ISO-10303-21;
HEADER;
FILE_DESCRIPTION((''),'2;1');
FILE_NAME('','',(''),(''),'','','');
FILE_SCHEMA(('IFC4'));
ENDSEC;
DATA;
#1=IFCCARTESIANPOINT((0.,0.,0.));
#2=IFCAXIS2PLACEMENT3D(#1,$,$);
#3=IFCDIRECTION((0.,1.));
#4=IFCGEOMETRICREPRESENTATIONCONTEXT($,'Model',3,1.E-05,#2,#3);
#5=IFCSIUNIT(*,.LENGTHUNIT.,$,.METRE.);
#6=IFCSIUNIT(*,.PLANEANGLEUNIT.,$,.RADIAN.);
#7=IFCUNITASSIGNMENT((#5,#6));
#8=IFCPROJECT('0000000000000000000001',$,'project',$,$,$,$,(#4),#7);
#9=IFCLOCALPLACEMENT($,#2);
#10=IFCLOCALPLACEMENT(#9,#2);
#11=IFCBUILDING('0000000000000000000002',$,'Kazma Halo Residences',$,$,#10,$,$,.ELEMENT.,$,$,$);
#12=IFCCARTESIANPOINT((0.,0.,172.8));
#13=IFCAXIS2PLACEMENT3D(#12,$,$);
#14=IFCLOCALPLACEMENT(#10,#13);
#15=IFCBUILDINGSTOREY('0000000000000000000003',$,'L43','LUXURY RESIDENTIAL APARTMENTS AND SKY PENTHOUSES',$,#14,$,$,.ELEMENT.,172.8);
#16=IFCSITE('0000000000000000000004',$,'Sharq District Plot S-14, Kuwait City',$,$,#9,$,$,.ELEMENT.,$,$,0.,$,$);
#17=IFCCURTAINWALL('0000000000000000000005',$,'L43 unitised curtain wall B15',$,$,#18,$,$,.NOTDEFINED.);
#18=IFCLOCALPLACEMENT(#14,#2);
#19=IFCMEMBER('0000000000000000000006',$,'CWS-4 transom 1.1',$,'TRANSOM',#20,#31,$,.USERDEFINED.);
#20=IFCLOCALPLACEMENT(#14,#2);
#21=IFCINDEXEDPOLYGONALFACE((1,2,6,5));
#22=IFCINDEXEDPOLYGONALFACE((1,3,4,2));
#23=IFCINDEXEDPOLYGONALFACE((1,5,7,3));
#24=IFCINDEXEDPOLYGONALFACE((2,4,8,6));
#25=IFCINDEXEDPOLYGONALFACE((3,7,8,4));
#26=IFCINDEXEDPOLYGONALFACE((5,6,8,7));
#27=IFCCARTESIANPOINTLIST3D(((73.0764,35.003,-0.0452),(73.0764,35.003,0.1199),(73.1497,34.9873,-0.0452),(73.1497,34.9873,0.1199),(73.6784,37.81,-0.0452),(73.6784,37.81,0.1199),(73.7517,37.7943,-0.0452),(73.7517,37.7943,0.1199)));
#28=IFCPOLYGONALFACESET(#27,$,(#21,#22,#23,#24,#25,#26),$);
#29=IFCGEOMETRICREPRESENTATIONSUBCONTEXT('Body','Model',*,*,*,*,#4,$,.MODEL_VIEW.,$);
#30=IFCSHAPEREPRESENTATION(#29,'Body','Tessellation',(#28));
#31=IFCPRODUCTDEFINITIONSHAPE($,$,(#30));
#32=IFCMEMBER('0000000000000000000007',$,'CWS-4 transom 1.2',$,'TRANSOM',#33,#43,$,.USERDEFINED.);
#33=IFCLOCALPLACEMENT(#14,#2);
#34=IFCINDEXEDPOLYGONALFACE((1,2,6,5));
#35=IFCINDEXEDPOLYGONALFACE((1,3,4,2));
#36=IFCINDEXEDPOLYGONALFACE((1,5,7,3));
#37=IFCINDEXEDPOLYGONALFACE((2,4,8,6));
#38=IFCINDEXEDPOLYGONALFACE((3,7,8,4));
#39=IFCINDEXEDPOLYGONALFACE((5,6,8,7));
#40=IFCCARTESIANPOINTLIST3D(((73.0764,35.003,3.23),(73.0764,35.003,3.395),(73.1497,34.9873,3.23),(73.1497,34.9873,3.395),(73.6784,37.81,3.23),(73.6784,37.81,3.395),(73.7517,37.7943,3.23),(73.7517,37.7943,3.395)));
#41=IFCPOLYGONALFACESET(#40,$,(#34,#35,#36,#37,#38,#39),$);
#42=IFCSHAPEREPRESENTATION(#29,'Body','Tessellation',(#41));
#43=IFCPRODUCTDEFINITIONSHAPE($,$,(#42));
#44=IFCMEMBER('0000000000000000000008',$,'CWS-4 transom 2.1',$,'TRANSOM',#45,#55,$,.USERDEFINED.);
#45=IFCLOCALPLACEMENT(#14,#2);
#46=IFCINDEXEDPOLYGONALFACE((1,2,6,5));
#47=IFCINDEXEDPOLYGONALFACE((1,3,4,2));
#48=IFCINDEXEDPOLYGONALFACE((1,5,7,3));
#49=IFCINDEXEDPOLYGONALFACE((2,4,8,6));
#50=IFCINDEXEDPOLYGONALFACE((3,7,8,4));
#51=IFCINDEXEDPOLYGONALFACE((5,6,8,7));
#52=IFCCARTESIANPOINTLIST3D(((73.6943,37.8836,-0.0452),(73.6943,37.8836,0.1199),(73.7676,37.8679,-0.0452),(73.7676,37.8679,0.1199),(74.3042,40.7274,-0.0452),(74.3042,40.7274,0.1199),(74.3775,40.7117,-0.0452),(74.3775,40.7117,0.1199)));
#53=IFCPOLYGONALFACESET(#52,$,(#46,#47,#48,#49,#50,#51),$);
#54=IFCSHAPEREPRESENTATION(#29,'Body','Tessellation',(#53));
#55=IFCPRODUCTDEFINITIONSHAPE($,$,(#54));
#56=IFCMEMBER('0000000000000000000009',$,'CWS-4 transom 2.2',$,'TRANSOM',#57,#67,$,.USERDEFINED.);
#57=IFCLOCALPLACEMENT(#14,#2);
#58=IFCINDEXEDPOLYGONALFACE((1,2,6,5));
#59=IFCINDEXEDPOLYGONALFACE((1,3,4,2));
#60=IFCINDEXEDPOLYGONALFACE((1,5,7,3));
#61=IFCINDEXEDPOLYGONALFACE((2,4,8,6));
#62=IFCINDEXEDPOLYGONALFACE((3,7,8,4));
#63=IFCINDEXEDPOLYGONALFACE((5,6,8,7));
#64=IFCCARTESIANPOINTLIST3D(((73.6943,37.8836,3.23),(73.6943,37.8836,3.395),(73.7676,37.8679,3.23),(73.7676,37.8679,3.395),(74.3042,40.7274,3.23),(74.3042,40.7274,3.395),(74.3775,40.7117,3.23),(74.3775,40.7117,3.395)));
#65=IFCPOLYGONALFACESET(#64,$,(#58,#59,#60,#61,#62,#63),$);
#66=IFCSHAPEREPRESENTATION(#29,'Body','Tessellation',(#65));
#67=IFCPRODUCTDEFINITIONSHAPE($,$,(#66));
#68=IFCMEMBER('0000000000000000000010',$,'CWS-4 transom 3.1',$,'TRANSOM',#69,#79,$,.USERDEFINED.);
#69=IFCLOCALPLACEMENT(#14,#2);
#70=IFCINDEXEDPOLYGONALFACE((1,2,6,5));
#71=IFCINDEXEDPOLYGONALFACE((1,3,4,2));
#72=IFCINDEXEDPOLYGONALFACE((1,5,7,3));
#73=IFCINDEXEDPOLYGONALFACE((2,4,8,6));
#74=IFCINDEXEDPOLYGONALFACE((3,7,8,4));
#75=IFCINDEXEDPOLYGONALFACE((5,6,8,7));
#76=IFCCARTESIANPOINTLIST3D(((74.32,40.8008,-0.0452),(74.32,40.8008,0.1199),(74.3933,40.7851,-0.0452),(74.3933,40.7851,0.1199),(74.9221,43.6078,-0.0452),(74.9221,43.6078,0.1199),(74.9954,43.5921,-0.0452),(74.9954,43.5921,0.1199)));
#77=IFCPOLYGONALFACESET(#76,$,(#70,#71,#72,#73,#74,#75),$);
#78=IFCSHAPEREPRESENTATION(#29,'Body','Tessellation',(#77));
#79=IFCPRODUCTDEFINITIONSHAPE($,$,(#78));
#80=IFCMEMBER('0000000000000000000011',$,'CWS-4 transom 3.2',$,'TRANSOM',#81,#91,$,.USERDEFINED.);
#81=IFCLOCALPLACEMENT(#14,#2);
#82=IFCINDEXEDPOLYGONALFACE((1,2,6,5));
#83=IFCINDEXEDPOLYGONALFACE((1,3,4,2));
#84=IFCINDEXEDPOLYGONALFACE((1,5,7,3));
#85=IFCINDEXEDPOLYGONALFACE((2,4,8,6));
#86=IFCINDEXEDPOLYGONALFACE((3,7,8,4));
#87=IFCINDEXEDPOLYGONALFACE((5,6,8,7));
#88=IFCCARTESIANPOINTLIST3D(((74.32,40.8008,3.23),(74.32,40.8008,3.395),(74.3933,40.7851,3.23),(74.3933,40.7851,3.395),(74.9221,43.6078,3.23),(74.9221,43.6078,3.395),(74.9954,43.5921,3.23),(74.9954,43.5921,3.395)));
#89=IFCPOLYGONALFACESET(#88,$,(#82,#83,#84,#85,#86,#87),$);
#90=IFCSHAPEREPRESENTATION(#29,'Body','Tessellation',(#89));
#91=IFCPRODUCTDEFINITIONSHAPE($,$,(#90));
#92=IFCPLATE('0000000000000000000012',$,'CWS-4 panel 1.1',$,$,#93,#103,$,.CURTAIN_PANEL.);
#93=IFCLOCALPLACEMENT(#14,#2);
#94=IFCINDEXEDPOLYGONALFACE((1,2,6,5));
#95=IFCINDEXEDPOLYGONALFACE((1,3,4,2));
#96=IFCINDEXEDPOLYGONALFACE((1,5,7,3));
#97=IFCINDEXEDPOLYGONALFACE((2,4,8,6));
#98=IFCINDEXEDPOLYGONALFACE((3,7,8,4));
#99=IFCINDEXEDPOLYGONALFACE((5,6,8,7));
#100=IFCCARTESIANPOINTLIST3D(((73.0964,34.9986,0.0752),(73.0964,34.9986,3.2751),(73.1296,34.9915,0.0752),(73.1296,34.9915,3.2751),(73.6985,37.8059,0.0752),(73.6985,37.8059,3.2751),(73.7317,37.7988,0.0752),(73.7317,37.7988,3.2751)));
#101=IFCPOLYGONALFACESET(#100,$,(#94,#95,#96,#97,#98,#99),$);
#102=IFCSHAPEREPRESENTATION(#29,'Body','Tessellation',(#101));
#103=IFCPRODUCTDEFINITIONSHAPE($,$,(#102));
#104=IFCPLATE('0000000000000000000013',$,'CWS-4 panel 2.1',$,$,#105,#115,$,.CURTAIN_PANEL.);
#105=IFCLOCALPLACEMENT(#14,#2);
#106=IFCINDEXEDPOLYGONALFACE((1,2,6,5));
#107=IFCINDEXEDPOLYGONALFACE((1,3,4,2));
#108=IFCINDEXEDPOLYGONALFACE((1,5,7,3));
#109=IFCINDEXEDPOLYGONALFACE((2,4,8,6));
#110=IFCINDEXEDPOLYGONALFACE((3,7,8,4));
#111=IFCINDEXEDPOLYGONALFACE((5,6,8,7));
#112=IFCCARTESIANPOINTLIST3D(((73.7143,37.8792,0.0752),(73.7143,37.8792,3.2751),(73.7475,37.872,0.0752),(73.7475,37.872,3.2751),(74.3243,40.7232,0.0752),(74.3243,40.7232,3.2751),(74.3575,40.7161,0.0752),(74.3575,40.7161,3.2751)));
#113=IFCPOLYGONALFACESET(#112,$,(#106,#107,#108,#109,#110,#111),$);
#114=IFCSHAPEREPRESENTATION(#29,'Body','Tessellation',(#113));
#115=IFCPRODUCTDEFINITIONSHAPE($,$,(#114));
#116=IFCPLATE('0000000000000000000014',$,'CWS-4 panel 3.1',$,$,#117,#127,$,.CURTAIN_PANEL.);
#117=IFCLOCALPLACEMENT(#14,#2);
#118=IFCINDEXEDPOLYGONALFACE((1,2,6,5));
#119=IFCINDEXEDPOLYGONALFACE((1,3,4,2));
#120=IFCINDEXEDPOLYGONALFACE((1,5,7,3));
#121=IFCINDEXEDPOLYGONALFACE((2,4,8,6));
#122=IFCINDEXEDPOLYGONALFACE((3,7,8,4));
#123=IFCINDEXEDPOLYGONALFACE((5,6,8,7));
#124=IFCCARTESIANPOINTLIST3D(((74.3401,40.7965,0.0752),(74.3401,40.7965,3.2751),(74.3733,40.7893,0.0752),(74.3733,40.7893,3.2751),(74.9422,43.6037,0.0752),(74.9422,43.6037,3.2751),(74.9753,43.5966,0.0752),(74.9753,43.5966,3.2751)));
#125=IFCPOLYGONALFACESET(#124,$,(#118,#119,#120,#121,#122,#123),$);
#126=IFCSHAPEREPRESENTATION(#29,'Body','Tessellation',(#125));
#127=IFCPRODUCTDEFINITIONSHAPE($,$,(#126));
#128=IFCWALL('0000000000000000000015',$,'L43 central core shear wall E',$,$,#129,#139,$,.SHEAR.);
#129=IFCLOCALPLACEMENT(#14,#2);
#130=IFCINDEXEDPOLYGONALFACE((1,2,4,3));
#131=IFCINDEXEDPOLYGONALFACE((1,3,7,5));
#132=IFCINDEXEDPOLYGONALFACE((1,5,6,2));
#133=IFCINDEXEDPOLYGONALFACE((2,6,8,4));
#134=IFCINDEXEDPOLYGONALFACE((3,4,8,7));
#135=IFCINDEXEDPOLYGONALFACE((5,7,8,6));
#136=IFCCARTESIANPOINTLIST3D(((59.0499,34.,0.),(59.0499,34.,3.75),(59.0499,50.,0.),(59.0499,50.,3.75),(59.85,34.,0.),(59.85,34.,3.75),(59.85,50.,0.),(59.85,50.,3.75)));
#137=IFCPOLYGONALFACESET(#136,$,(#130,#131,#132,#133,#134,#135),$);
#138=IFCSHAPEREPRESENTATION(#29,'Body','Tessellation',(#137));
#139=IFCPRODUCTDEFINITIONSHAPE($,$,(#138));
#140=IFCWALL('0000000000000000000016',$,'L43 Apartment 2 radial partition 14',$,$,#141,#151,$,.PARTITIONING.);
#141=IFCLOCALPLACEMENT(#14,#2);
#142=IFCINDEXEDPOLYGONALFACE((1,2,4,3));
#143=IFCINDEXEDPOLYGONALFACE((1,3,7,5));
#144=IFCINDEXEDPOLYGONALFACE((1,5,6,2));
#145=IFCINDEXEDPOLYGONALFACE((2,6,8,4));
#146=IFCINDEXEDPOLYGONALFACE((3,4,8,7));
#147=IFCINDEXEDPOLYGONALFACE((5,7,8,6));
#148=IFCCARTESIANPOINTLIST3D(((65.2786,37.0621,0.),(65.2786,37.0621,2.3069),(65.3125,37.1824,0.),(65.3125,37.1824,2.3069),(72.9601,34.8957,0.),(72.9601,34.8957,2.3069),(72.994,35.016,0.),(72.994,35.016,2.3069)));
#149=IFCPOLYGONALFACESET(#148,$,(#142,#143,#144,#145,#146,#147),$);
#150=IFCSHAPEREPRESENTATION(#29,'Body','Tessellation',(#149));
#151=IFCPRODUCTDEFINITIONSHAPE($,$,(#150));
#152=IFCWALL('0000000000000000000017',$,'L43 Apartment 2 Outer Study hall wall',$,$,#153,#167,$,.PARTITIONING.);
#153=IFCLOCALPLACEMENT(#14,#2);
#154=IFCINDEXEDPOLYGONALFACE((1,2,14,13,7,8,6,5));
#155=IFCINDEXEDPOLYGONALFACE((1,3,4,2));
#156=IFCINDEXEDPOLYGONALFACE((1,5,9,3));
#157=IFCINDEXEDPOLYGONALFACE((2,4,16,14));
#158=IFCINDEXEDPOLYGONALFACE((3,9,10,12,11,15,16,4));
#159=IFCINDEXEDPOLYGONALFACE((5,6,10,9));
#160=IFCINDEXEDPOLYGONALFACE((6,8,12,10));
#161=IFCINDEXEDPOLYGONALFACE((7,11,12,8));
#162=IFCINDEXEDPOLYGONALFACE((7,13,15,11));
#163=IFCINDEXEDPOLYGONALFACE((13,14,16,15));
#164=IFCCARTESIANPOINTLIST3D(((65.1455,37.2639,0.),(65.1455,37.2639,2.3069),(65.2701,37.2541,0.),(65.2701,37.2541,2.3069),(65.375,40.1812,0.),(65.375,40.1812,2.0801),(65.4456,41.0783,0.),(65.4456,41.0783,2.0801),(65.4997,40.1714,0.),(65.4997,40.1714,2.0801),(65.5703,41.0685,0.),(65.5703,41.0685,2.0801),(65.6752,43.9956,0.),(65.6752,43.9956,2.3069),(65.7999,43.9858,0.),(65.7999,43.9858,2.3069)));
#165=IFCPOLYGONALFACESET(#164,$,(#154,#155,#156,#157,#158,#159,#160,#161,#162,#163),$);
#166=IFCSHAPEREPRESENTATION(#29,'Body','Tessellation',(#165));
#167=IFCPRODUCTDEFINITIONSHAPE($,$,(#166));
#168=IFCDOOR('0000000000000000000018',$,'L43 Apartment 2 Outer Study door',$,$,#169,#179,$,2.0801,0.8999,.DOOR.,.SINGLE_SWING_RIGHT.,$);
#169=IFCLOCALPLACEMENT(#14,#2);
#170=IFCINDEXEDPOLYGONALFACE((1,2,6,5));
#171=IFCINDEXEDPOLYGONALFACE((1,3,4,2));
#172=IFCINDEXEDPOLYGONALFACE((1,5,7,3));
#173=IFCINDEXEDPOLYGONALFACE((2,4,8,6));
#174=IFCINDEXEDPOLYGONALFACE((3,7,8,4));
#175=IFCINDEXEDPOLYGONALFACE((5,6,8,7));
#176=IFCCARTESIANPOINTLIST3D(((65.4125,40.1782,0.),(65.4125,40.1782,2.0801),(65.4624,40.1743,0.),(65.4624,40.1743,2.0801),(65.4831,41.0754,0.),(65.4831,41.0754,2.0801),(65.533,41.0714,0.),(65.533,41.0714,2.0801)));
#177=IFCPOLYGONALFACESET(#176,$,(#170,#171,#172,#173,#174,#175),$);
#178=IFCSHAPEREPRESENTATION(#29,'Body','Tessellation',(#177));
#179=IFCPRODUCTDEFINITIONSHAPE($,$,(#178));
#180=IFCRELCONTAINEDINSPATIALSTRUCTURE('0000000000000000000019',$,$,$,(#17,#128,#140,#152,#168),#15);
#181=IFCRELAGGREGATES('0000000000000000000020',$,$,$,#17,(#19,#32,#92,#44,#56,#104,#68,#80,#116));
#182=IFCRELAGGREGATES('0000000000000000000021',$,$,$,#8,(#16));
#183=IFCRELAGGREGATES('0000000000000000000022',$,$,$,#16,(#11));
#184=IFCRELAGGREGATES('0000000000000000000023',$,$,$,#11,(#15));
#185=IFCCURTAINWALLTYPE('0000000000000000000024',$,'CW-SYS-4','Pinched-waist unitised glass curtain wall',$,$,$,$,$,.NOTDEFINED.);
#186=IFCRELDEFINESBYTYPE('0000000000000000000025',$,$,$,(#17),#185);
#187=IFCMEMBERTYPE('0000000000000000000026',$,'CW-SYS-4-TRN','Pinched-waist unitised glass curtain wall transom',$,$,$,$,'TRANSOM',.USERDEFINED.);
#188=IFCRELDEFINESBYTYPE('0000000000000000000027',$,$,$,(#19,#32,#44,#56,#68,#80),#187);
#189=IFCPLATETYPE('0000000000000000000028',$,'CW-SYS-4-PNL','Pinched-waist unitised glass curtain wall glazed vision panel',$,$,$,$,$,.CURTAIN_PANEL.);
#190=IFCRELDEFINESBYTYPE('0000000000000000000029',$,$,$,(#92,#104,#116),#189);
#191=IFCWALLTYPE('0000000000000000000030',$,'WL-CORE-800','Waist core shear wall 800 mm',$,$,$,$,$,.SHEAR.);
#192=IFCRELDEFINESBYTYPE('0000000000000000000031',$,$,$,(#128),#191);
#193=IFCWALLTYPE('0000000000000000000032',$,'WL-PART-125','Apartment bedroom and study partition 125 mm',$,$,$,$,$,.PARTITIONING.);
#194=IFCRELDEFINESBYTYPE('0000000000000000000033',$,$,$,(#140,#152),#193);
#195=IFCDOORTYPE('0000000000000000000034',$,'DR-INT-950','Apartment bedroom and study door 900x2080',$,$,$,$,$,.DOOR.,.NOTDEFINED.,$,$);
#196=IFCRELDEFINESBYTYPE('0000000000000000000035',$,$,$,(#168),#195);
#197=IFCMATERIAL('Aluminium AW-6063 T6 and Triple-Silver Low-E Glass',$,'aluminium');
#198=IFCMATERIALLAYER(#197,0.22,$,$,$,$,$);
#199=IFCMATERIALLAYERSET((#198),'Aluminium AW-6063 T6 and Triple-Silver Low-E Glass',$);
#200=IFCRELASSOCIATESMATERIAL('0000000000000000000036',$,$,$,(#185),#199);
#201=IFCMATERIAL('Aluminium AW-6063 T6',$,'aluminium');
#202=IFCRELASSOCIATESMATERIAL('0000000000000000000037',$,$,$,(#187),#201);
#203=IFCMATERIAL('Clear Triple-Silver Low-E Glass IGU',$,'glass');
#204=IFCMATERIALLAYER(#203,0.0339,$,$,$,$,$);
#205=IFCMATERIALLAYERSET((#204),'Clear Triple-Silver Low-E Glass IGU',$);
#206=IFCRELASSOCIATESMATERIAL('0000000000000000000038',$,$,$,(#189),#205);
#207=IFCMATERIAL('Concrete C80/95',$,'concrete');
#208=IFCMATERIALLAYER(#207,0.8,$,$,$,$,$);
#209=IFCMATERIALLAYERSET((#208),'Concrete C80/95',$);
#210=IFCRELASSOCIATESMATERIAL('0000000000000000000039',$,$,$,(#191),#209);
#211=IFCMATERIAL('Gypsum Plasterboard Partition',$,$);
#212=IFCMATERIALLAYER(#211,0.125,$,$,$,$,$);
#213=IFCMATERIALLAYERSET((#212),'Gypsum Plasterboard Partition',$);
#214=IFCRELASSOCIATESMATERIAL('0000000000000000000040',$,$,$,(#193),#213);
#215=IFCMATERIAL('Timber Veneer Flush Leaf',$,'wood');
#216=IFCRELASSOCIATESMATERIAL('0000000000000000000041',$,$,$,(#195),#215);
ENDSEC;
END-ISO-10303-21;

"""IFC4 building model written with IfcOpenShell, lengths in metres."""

from ifc_helpers import new_model, si_unit, direction, frame, frame_2d, origin, origin_2d, place, context, subcontext, project, spatial, rectangle, extrude, material, layer, layer_set, material_profile, profile_set, type_object, element, fill, aggregate, save


model = new_model("IFC4")

# Units and contexts
model_context = context("Model", 3, precision=1e-05, world=origin(), true_north=direction((0.0, 1.0)))
body_context = subcontext(model_context, "Body", "Model", "MODEL_VIEW")
ifc_project = project(units=[si_unit("LENGTHUNIT", "METRE"), si_unit("PLANEANGLEUNIT", "RADIAN")], contexts=[model_context])

# Site, building, storey
site_placement = place(None, origin())
site = spatial("IfcSite", under=ifc_project, at=site_placement, Name="Sharq District Plot S-14, Kuwait City", CompositionType="ELEMENT", RefElevation=0.0)
building_placement = place(site_placement, origin())
building = spatial("IfcBuilding", under=site, at=building_placement, Name="Kazma Halo Residences", CompositionType="ELEMENT")
storey_placement = place(building_placement, frame((0.0, 0.0, 172.8)))
storey = spatial("IfcBuildingStorey", under=building, at=storey_placement, Name="L43", Description="LUXURY RESIDENTIAL APARTMENTS AND SKY PENTHOUSES", CompositionType="ELEMENT", Elevation=172.8)

# Shared definitions
ifc_material_1 = material(Name="Concrete C80/95", Category="concrete")

# Curtain wall, members, plates
ifc_material_2 = material(Name="Aluminium AW-6063 T6 and Triple-Silver Low-E Glass", Category="aluminium")
ifc_layer_1 = layer(ifc_material_2, 0.22)
ifc_layer_set_1 = layer_set([ifc_layer_1], Name="Aluminium AW-6063 T6 and Triple-Silver Low-E Glass")
curtain_wall_type = type_object("IfcCurtainWallType", Name="CW-SYS-4", Description="Pinched-waist unitised glass curtain wall", PredefinedType="NOTDEFINED", material=ifc_layer_set_1)
curtain_wall_placement = place(storey_placement, origin())
curtain_wall = element("IfcCurtainWall", 1, at=curtain_wall_placement, inside=storey, type_object=curtain_wall_type, Name="L43 unitised curtain wall B15", PredefinedType="NOTDEFINED")
ifc_material_3 = material(Name="Aluminium AW-6063 T6", Category="aluminium")
ifc_material_profile_1 = material_profile(ifc_material_3, rectangle(XDim=0.075, YDim=0.165, at=origin_2d()), Name="CWT-75x165")
ifc_profile_set_1 = profile_set([ifc_material_profile_1], Name="Aluminium AW-6063 T6")
member_type_1 = type_object("IfcMemberType", Name="CW-SYS-4-TRN", Description="Pinched-waist unitised glass curtain wall transom", ElementType="TRANSOM", PredefinedType="USERDEFINED", material=ifc_profile_set_1)
member_1_placement = place(storey_placement, frame((73.113, 34.9951, 0.0374), z_axis=(0.209703, 0.977765, 0.0), x_axis=(-0.977765, 0.209703, 0.0)))
member_1 = element("IfcMember", 2, at=member_1_placement, type_object=member_type_1, Name="CWS-4 transom 1.1", ObjectType="TRANSOM", PredefinedType="USERDEFINED", context=body_context, shape_type="SweptSolid", body=[
    extrude(rectangle(XDim=0.075, YDim=0.165, at=origin_2d()), origin(), (0.0, 0.0, 1.0), 2.8708),
])
member_2_placement = place(storey_placement, frame((73.113, 34.9951, 3.3125), z_axis=(0.209703, 0.977765, 0.0), x_axis=(-0.977765, 0.209703, 0.0)))
member_2 = element("IfcMember", 3, at=member_2_placement, type_object=member_type_1, Name="CWS-4 transom 1.2", ObjectType="TRANSOM", PredefinedType="USERDEFINED", context=body_context, shape_type="SweptSolid", body=[
    extrude(rectangle(XDim=0.075, YDim=0.165, at=origin_2d()), origin(), (0.0, 0.0, 1.0), 2.8708),
])
member_3_placement = place(storey_placement, frame((73.731, 37.8757, 0.0374), z_axis=(0.20969, 0.977768, 0.0), x_axis=(-0.977768, 0.20969, 0.0)))
member_3 = element("IfcMember", 4, at=member_3_placement, type_object=member_type_1, Name="CWS-4 transom 2.1", ObjectType="TRANSOM", PredefinedType="USERDEFINED", context=body_context, shape_type="SweptSolid", body=[
    extrude(rectangle(XDim=0.075, YDim=0.165, at=origin_2d()), origin(), (0.0, 0.0, 1.0), 2.9084),
])
member_4_placement = place(storey_placement, frame((73.731, 37.8757, 3.3125), z_axis=(0.20969, 0.977768, 0.0), x_axis=(-0.977768, 0.20969, 0.0)))
member_4 = element("IfcMember", 5, at=member_4_placement, type_object=member_type_1, Name="CWS-4 transom 2.2", ObjectType="TRANSOM", PredefinedType="USERDEFINED", context=body_context, shape_type="SweptSolid", body=[
    extrude(rectangle(XDim=0.075, YDim=0.165, at=origin_2d()), origin(), (0.0, 0.0, 1.0), 2.9084),
])
member_5_placement = place(storey_placement, frame((74.3567, 40.793, 0.0374), z_axis=(0.209703, 0.977765, 0.0), x_axis=(-0.977765, 0.209703, 0.0)))
member_5 = element("IfcMember", 6, at=member_5_placement, type_object=member_type_1, Name="CWS-4 transom 3.1", ObjectType="TRANSOM", PredefinedType="USERDEFINED", context=body_context, shape_type="SweptSolid", body=[
    extrude(rectangle(XDim=0.075, YDim=0.165, at=origin_2d()), origin(), (0.0, 0.0, 1.0), 2.8708),
])
member_6_placement = place(storey_placement, frame((74.3567, 40.793, 3.3125), z_axis=(0.209703, 0.977765, 0.0), x_axis=(-0.977765, 0.209703, 0.0)))
member_6 = element("IfcMember", 7, at=member_6_placement, type_object=member_type_1, Name="CWS-4 transom 3.2", ObjectType="TRANSOM", PredefinedType="USERDEFINED", context=body_context, shape_type="SweptSolid", body=[
    extrude(rectangle(XDim=0.075, YDim=0.165, at=origin_2d()), origin(), (0.0, 0.0, 1.0), 2.8708),
])
ifc_material_4 = material(Name="Clear Triple-Silver Low-E Glass IGU", Category="glass")
ifc_layer_2 = layer(ifc_material_4, 0.0339)
ifc_layer_set_2 = layer_set([ifc_layer_2], Name="Clear Triple-Silver Low-E Glass IGU")
plate_type = type_object("IfcPlateType", Name="CW-SYS-4-PNL", Description="Pinched-waist unitised glass curtain wall glazed vision panel", PredefinedType="CURTAIN_PANEL", material=ifc_layer_set_2)
plate_1_placement = place(storey_placement, frame((73.4141, 36.3987, 0.0752), z_axis=(0.0, 0.0, 1.0), x_axis=(0.209704, 0.977765, 0.0)))
plate_1 = element("IfcPlate", 8, at=plate_1_placement, type_object=plate_type, Name="CWS-4 panel 1.1", PredefinedType="CURTAIN_PANEL", context=body_context, shape_type="SweptSolid", body=[
    extrude(rectangle(XDim=2.8711, YDim=0.0339, at=origin_2d()), origin(), (0.0, 0.0, 1.0), 3.2),
])
plate_2_placement = place(storey_placement, frame((74.0359, 39.2976, 0.0752), z_axis=(0.0, 0.0, 1.0), x_axis=(0.209704, 0.977765, 0.0)))
plate_2 = element("IfcPlate", 9, at=plate_2_placement, type_object=plate_type, Name="CWS-4 panel 2.1", PredefinedType="CURTAIN_PANEL", context=body_context, shape_type="SweptSolid", body=[
    extrude(rectangle(XDim=2.9087, YDim=0.0339, at=origin_2d()), origin(), (0.0, 0.0, 1.0), 3.2),
])
plate_3_placement = place(storey_placement, frame((74.6577, 42.1965, 0.0752), z_axis=(0.0, 0.0, 1.0), x_axis=(0.209704, 0.977765, 0.0)))
plate_3 = element("IfcPlate", 10, at=plate_3_placement, type_object=plate_type, Name="CWS-4 panel 3.1", PredefinedType="CURTAIN_PANEL", context=body_context, shape_type="SweptSolid", body=[
    extrude(rectangle(XDim=2.8711, YDim=0.0339, at=origin_2d()), origin(), (0.0, 0.0, 1.0), 3.2),
])
aggregate(curtain_wall, [member_1, member_2, plate_1, member_3, member_4, plate_2, member_5, member_6, plate_3])

# Walls
ifc_layer_3 = layer(ifc_material_1, 0.8)
ifc_layer_set_3 = layer_set([ifc_layer_3], Name="Concrete C80/95")
wall_type_1 = type_object("IfcWallType", Name="WL-CORE-800", Description="Waist core shear wall 800 mm", PredefinedType="SHEAR", material=ifc_layer_set_3)
wall_1_placement = place(storey_placement, frame((59.45, 34.0, 0.0), z_axis=(0.0, 0.0, 1.0), x_axis=(0.0, 1.0, 0.0)))
element("IfcWall", 11, at=wall_1_placement, inside=storey, type_object=wall_type_1, Name="L43 central core shear wall E", PredefinedType="SHEAR", context=body_context, shape_type="SweptSolid", body=[
    extrude(rectangle(XDim=16.0, YDim=0.8, at=frame_2d((8.0, 0.0))), origin(), (0.0, 0.0, 1.0), 3.75),
])
ifc_material_5 = material(Name="Gypsum Plasterboard Partition")
ifc_layer_4 = layer(ifc_material_5, 0.125)
ifc_layer_set_4 = layer_set([ifc_layer_4], Name="Gypsum Plasterboard Partition")
wall_type_2 = type_object("IfcWallType", Name="WL-PART-125", Description="Apartment bedroom and study partition 125 mm", PredefinedType="PARTITIONING", material=ifc_layer_set_4)
wall_2_placement = place(storey_placement, frame((65.2954, 37.1223, 0.0), z_axis=(0.0, 0.0, 1.0), x_axis=(0.962453, -0.271447, 0.0)))
element("IfcWall", 12, at=wall_2_placement, inside=storey, type_object=wall_type_2, Name="L43 Apartment 2 radial partition 14", PredefinedType="PARTITIONING", context=body_context, shape_type="SweptSolid", body=[
    extrude(rectangle(XDim=7.9812, YDim=0.125, at=frame_2d((3.9907, 0.0))), origin(), (0.0, 0.0, 1.0), 2.3069),
])

# Wall, opening, door
wall_3_placement = place(storey_placement, frame((65.2078, 37.259, 0.0), z_axis=(0.0, 0.0, 1.0), x_axis=(0.078458, 0.996917, 0.0)))
wall_3 = element("IfcWall", 13, at=wall_3_placement, inside=storey, type_object=wall_type_2, Name="L43 Apartment 2 Outer Study hall wall", PredefinedType="PARTITIONING", context=body_context, shape_type="SweptSolid", body=[
    extrude(rectangle(XDim=6.7524, YDim=0.125, at=frame_2d((3.3762, 0.0))), origin(), (0.0, 0.0, 1.0), 2.3069),
])
opening_1_placement = place(wall_3_placement, frame((2.9263, 0.0, 0.0)))
opening_1 = element("IfcOpeningElement", 14, at=opening_1_placement, cuts=wall_3, PredefinedType="OPENING", context=body_context, shape_type="SweptSolid", body=[
    extrude(rectangle(XDim=0.8999, YDim=2.0801, at=frame_2d((0.45, 1.04))), frame((0.0, 0.0725, 0.0), z_axis=(0.0, -1.0, 0.0), x_axis=(1.0, 0.0, 0.0)), (0.0, 0.0, 1.0), 0.145),
])
ifc_material_6 = material(Name="Timber Veneer Flush Leaf", Category="wood")
door_type = type_object("IfcDoorType", Name="DR-INT-950", Description="Apartment bedroom and study door 900x2080", OperationType="NOTDEFINED", PredefinedType="DOOR", material=ifc_material_6)
door_1_placement = place(opening_1_placement, origin())
door_1 = element("IfcDoor", 15, at=door_1_placement, inside=storey, type_object=door_type, Name="L43 Apartment 2 Outer Study door", OperationType="SINGLE_SWING_RIGHT", OverallHeight=2.0801, OverallWidth=0.8999, PredefinedType="DOOR", context=body_context, shape_type="SweptSolid", body=[
    extrude(rectangle(XDim=0.8999, YDim=2.0801, at=frame_2d((0.45, 1.04))), frame((0.0, 0.0249, 0.0), z_axis=(0.0, -1.0, 0.0), x_axis=(1.0, 0.0, 0.0)), (0.0, 0.0, 1.0), 0.05),
])
fill(opening_1, door_1)

save(model, "model.ifc")
